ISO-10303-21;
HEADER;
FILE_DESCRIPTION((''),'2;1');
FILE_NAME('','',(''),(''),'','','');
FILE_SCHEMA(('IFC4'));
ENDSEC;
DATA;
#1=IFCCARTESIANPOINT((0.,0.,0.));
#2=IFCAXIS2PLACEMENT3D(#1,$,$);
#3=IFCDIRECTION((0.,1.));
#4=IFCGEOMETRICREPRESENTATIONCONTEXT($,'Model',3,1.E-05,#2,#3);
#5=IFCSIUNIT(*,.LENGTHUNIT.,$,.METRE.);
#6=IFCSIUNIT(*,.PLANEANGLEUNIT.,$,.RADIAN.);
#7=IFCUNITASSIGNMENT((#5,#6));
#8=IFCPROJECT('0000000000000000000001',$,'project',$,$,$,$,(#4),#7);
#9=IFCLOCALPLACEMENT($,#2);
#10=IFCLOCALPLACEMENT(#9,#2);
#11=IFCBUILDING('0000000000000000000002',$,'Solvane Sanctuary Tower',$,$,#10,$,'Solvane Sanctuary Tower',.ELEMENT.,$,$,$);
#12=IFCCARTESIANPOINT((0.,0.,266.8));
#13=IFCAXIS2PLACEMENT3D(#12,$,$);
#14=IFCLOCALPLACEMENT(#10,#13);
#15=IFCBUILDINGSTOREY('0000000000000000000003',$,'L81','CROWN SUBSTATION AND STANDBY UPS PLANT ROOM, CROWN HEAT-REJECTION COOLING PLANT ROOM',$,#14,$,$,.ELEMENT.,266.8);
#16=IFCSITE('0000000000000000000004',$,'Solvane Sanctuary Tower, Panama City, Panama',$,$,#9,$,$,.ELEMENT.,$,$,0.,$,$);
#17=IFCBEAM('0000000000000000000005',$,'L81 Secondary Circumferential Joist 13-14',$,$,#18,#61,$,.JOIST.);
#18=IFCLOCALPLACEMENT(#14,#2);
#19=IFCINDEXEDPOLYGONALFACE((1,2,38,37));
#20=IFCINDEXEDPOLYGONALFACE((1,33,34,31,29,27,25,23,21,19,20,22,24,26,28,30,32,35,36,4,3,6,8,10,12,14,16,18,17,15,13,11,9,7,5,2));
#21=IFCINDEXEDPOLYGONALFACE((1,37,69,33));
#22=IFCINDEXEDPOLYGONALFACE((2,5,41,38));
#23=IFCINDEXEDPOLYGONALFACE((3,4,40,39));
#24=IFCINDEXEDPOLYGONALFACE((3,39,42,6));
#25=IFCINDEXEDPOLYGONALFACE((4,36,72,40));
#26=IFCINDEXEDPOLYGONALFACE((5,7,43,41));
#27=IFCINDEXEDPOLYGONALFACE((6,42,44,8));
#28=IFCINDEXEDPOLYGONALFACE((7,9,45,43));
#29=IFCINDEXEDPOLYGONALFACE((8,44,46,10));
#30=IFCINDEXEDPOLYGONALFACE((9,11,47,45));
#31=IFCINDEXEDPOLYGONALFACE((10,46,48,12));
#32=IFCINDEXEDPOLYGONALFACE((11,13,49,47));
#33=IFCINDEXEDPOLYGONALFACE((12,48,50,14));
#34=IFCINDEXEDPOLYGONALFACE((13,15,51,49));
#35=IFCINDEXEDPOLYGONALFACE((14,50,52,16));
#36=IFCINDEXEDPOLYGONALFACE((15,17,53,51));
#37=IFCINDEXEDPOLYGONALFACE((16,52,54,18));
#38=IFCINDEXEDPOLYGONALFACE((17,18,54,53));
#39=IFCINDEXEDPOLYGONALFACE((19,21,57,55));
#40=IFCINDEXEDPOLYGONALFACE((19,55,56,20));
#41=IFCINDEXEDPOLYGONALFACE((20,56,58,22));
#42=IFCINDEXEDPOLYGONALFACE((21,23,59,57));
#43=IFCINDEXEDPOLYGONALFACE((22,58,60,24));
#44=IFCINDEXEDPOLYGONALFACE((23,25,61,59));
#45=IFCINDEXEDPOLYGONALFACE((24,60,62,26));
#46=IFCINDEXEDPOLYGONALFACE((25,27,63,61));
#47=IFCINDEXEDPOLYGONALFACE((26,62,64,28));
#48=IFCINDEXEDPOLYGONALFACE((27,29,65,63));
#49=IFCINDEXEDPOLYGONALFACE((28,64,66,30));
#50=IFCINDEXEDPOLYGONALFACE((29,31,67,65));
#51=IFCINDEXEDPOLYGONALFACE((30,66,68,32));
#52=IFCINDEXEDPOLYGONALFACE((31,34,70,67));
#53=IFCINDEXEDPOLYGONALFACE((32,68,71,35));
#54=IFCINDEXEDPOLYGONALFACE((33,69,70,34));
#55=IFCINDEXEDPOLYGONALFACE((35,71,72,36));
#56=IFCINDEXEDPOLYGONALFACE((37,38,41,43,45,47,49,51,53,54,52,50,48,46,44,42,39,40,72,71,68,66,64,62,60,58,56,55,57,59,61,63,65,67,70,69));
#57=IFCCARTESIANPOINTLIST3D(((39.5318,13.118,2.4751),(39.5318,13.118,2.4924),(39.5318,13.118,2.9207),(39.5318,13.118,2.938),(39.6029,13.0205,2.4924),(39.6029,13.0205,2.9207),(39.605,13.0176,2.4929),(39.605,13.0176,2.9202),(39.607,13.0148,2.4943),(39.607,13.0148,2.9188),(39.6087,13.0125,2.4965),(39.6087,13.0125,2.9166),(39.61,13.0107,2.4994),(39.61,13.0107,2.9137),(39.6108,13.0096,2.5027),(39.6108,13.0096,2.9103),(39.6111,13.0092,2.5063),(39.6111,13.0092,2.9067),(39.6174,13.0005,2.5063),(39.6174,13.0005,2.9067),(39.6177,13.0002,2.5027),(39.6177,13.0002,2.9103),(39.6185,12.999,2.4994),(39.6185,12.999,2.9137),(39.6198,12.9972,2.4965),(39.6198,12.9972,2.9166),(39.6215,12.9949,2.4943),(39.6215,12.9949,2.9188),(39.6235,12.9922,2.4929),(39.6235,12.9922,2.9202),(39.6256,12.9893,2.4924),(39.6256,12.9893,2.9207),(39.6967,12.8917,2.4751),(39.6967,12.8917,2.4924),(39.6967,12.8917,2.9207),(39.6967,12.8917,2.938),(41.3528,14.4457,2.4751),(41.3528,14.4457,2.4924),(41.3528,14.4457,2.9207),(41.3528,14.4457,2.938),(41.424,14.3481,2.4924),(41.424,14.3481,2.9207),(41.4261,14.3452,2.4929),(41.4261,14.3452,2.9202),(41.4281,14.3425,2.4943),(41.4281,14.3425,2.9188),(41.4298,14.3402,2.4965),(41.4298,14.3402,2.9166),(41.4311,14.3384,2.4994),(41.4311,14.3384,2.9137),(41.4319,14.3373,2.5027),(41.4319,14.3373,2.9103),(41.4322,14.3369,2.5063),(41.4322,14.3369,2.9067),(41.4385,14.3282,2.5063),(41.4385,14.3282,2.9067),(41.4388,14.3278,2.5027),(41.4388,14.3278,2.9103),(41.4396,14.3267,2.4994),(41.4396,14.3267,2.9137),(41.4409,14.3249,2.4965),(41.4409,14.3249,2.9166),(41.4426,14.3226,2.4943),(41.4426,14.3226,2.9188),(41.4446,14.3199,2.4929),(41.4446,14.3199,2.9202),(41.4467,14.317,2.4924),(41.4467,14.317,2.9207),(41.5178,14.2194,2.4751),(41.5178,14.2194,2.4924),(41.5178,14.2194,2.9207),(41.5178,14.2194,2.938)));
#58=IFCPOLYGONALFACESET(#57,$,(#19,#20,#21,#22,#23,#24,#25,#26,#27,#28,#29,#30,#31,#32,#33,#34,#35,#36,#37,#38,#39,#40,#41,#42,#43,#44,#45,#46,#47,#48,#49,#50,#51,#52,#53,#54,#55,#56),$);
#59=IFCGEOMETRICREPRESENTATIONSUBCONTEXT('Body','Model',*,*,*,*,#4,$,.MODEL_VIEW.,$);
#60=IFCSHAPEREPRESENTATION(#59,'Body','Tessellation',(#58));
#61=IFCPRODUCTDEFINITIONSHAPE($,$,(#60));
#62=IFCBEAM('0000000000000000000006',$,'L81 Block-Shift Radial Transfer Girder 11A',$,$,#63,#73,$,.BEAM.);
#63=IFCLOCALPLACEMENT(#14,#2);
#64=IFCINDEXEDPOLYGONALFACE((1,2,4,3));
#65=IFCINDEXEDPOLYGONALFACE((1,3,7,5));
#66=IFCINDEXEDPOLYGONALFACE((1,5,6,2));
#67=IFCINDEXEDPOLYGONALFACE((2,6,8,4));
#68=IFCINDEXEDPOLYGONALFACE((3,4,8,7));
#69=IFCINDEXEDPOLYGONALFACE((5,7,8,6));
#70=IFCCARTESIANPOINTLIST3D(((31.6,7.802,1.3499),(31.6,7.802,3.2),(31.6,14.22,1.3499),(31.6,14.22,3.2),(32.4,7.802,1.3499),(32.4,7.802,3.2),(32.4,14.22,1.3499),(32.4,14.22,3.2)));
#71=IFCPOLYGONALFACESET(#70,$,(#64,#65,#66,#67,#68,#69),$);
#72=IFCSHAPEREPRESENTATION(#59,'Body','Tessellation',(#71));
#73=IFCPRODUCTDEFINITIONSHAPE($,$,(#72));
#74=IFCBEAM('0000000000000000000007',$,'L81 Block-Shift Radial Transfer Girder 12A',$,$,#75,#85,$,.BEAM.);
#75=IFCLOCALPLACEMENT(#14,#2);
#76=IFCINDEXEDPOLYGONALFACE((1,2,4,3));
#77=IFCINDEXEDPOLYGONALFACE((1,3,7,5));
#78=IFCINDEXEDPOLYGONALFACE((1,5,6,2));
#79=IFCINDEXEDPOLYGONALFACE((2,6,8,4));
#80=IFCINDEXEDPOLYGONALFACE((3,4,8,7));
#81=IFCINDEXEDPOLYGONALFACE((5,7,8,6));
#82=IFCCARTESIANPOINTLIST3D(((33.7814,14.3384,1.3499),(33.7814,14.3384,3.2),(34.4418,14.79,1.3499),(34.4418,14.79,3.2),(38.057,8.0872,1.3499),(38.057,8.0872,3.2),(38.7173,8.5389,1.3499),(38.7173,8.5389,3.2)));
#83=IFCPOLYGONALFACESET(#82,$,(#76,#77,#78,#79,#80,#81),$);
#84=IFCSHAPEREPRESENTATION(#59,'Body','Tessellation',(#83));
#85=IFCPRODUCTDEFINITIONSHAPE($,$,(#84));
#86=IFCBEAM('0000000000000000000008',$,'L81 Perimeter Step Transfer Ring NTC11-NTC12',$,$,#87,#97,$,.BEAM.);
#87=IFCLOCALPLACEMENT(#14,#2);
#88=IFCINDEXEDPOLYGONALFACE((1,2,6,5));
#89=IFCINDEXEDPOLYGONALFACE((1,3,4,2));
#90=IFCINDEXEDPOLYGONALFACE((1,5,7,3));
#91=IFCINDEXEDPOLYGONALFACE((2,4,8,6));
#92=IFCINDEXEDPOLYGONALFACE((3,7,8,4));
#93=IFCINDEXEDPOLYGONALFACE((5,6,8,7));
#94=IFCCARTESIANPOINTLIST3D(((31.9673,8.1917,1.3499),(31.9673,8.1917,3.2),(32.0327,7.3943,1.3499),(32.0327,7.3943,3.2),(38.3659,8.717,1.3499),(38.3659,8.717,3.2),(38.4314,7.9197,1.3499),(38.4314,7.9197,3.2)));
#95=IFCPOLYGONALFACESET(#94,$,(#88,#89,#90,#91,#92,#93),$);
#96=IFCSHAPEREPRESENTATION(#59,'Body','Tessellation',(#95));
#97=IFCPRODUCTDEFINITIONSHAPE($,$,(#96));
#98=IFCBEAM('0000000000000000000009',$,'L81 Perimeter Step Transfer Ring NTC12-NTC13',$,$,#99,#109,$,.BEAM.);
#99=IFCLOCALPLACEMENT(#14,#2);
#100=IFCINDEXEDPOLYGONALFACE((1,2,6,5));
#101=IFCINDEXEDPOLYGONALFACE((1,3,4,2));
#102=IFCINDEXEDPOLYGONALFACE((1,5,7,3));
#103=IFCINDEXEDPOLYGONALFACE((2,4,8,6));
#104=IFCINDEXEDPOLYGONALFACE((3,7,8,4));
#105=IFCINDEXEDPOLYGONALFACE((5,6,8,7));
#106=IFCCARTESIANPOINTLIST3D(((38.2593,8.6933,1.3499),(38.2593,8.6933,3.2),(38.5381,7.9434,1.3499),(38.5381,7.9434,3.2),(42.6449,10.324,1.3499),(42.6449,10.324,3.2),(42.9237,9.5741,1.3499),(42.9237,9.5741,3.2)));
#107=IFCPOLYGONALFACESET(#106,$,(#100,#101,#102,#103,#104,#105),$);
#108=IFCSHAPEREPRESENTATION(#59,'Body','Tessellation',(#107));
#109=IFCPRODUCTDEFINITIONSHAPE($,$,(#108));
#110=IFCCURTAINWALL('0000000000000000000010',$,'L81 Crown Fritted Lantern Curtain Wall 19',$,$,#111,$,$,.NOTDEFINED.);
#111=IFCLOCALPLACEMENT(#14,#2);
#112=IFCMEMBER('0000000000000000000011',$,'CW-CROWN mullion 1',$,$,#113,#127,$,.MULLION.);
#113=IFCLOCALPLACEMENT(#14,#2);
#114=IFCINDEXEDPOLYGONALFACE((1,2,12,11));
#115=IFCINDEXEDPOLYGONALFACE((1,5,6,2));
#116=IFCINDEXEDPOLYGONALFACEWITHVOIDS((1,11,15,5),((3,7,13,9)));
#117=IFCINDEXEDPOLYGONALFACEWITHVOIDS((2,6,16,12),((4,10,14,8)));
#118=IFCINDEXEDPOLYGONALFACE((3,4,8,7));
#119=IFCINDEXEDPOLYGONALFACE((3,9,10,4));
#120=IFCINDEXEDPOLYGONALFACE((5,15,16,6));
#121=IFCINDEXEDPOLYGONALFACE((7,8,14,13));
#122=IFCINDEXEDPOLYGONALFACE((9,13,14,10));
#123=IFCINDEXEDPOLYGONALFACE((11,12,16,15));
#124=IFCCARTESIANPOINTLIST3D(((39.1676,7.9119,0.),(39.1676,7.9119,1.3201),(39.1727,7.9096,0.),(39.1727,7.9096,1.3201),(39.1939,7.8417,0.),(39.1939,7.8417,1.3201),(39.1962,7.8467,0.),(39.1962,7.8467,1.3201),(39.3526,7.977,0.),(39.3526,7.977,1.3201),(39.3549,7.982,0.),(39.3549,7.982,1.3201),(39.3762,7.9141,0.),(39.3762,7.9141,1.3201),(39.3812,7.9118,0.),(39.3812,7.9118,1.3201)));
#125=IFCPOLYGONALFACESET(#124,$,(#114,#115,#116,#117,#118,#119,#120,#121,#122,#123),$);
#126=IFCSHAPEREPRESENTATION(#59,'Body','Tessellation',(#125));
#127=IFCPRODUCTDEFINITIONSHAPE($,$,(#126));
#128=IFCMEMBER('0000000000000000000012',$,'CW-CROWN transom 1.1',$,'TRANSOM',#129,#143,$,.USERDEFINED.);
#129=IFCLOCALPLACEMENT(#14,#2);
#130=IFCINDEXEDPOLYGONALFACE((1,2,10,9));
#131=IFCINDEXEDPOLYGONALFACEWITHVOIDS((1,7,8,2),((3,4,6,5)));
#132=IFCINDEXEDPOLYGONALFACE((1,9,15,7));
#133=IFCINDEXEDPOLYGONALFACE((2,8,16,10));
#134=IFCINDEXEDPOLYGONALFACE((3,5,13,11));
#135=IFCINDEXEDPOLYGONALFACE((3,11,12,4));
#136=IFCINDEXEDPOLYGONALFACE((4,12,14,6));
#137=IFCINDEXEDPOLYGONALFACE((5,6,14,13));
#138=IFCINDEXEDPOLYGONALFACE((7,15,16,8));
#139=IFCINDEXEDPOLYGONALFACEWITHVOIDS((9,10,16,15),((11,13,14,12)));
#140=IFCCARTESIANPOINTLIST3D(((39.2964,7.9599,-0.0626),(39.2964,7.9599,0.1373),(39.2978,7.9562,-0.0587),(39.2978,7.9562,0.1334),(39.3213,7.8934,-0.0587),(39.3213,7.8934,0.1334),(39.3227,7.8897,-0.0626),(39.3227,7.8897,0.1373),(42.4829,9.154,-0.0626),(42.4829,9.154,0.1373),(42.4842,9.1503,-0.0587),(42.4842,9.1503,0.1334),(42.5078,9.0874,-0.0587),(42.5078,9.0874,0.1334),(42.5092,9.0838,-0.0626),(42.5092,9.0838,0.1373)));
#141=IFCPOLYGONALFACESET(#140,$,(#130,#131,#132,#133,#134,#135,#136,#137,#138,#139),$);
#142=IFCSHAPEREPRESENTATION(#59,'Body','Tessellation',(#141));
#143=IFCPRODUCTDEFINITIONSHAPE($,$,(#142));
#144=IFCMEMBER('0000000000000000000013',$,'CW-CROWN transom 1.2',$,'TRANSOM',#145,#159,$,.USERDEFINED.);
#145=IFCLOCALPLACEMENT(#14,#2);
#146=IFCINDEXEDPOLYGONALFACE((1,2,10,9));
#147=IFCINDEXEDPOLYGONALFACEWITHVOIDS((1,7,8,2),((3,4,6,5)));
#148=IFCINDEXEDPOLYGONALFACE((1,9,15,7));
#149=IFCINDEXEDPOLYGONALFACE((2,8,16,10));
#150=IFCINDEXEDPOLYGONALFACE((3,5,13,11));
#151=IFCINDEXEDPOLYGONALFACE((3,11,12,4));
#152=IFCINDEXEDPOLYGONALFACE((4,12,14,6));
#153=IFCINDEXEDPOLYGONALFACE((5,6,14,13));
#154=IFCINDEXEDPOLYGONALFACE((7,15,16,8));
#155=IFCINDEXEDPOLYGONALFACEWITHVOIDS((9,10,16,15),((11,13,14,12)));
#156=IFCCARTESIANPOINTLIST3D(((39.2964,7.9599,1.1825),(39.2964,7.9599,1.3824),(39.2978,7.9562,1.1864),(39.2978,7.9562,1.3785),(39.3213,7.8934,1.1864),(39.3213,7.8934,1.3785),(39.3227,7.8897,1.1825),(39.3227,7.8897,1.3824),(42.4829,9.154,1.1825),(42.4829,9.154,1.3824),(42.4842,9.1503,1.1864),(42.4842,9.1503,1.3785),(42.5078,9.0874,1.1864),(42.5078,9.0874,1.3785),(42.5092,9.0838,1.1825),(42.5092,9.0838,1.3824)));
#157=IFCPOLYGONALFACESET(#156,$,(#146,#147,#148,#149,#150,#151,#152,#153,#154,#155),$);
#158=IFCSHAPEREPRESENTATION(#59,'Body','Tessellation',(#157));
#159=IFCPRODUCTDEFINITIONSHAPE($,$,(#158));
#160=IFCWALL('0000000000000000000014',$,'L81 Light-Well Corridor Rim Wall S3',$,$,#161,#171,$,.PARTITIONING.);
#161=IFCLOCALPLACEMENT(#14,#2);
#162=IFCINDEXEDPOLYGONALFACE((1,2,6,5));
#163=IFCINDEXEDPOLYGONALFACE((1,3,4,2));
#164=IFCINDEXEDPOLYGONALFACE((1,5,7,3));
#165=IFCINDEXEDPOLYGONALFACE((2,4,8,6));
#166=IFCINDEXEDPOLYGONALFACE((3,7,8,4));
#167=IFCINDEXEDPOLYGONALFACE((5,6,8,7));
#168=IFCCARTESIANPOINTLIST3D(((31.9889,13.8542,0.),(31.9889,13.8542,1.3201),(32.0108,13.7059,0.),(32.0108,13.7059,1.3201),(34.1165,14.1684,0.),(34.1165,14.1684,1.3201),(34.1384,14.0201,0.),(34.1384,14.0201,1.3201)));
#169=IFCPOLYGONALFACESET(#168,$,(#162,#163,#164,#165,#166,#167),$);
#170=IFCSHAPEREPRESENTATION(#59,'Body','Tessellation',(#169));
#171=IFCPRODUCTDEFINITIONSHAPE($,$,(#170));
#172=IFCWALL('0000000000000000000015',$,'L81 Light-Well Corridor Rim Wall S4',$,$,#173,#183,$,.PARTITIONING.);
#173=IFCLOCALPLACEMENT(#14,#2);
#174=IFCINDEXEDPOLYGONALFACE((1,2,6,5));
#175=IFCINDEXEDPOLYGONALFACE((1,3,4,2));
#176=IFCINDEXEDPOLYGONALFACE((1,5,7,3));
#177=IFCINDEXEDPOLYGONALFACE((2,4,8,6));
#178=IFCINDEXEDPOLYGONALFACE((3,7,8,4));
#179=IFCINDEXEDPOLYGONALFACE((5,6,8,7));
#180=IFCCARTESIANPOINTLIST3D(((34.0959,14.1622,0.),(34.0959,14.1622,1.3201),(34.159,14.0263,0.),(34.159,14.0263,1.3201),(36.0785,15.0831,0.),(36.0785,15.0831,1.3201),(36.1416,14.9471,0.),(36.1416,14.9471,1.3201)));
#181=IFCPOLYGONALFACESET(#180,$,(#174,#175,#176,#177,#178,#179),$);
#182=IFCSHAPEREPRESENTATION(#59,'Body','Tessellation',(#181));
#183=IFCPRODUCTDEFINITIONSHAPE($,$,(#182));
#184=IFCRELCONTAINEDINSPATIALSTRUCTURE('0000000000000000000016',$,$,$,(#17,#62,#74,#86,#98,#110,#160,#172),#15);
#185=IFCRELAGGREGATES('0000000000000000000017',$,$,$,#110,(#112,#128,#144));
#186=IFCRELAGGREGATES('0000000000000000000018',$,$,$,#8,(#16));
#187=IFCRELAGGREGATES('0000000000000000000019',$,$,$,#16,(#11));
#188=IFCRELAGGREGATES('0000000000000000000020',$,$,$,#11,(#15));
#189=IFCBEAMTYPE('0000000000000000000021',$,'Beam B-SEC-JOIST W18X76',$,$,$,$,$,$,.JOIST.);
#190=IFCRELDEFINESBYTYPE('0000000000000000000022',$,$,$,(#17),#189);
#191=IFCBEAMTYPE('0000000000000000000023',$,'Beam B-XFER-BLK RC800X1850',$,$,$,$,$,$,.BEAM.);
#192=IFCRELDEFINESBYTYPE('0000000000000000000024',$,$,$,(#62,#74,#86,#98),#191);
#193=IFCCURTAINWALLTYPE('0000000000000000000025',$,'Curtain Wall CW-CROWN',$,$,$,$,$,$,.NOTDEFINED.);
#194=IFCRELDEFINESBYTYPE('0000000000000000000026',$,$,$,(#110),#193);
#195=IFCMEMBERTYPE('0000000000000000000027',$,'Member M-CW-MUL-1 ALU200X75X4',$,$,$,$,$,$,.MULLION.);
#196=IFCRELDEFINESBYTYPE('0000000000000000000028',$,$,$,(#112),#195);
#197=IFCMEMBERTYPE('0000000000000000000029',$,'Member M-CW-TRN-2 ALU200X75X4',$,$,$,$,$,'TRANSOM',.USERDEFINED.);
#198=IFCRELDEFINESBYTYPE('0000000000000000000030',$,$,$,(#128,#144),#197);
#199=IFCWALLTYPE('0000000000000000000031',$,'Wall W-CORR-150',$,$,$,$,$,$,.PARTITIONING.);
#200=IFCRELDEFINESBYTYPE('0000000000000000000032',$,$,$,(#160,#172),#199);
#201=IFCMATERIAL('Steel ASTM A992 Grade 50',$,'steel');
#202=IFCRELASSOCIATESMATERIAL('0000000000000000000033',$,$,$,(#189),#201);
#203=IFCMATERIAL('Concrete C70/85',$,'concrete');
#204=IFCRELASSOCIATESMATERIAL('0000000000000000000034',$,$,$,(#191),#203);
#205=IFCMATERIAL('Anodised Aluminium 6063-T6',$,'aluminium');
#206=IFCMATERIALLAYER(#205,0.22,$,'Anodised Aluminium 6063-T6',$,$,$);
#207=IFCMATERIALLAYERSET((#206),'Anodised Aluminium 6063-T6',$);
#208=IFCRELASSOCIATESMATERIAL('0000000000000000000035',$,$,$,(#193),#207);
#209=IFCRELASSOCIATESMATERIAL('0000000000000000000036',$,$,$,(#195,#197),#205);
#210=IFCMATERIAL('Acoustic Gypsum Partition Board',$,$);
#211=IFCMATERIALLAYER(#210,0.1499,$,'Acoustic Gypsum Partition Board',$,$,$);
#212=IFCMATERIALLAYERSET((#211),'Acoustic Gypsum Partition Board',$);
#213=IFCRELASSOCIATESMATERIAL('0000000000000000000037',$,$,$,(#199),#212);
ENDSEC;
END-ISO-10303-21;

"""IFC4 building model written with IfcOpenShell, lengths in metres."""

from ifc_helpers import new_model, si_unit, direction, frame, frame_2d, origin, origin_2d, place, context, subcontext, project, spatial, rectangle, hollow_rectangle, i_section, extrude, material, layer, layer_set, material_profile, profile_set, type_object, element, aggregate, save


model = new_model("IFC4")

# Units and contexts
model_context = context("Model", 3, precision=1e-05, world=origin(), true_north=direction((0.0, 1.0)))
body_context = subcontext(model_context, "Body", "Model", "MODEL_VIEW")
ifc_project = project(units=[si_unit("LENGTHUNIT", "METRE"), si_unit("PLANEANGLEUNIT", "RADIAN")], contexts=[model_context])

# Site, building, storey
site_placement = place(None, origin())
site = spatial("IfcSite", under=ifc_project, at=site_placement, Name="Solvane Sanctuary Tower, Panama City, Panama", CompositionType="ELEMENT", RefElevation=0.0)
building_placement = place(site_placement, origin())
building = spatial("IfcBuilding", under=site, at=building_placement, Name="Solvane Sanctuary Tower", LongName="Solvane Sanctuary Tower", CompositionType="ELEMENT")
storey_placement = place(building_placement, frame((0.0, 0.0, 266.8)))
storey = spatial("IfcBuildingStorey", under=building, at=storey_placement, Name="L81", Description="CROWN SUBSTATION AND STANDBY UPS PLANT ROOM, CROWN HEAT-REJECTION COOLING PLANT ROOM", CompositionType="ELEMENT", Elevation=266.8)

# Beams
ifc_material_1 = material(Name="Steel ASTM A992 Grade 50", Category="steel")
ifc_material_profile_1 = material_profile(ifc_material_1, i_section(OverallWidth=0.28, OverallDepth=0.4629, WebThickness=0.0107, FlangeThickness=0.0173, FilletRadius=0.0139, at=origin_2d()), Name="W18X76")
ifc_profile_set_1 = profile_set([ifc_material_profile_1], Name="Steel ASTM A992 Grade 50")
beam_type_1 = type_object("IfcBeamType", Name="Beam B-SEC-JOIST W18X76", PredefinedType="JOIST", material=ifc_profile_set_1)
beam_1_placement = place(storey_placement, frame((39.6143, 13.0049, 2.7065), z_axis=(0.808052, 0.589112, 0.0), x_axis=(-0.589112, 0.808052, 0.0)))
element("IfcBeam", 1, at=beam_1_placement, inside=storey, type_object=beam_type_1, Name="L81 Secondary Circumferential Joist 13-14", PredefinedType="JOIST", context=body_context, shape_type="SweptSolid", body=[
    extrude(i_section(OverallWidth=0.28, OverallDepth=0.4629, WebThickness=0.0107, FlangeThickness=0.0173, FilletRadius=0.0139, at=origin_2d()), origin(), (0.0, 0.0, 1.0), 2.2537),
])
ifc_material_2 = material(Name="Concrete C70/85", Category="concrete")
ifc_material_profile_2 = material_profile(ifc_material_2, rectangle(XDim=0.8, YDim=1.8501, at=origin_2d()), Name="RC800X1850")
ifc_profile_set_2 = profile_set([ifc_material_profile_2], Name="Concrete C70/85")
beam_type_2 = type_object("IfcBeamType", Name="Beam B-XFER-BLK RC800X1850", PredefinedType="BEAM", material=ifc_profile_set_2)
beam_2_placement = place(storey_placement, frame((32.0, 14.22, 2.2749), z_axis=(0.0, -1.0, 0.0), x_axis=(1.0, 0.0, 0.0)))
element("IfcBeam", 2, at=beam_2_placement, inside=storey, type_object=beam_type_2, Name="L81 Block-Shift Radial Transfer Girder 11A", PredefinedType="BEAM", context=body_context, shape_type="SweptSolid", body=[
    extrude(rectangle(XDim=0.8, YDim=1.8501, at=origin_2d()), origin(), (0.0, 0.0, 1.0), 6.418),
])
beam_3_placement = place(storey_placement, frame((34.1116, 14.5642, 2.2749), z_axis=(0.564548, -0.825401, 0.0), x_axis=(0.825401, 0.564548, 0.0)))
element("IfcBeam", 3, at=beam_3_placement, inside=storey, type_object=beam_type_2, Name="L81 Block-Shift Radial Transfer Girder 12A", PredefinedType="BEAM", context=body_context, shape_type="SweptSolid", body=[
    extrude(rectangle(XDim=0.8, YDim=1.8501, at=origin_2d()), origin(), (0.0, 0.0, 1.0), 7.5735),
])
beam_4_placement = place(storey_placement, frame((32.0, 7.793, 2.2749), z_axis=(0.996646, 0.081834, 0.0), x_axis=(-0.081834, 0.996646, 0.0)))
element("IfcBeam", 4, at=beam_4_placement, inside=storey, type_object=beam_type_2, Name="L81 Perimeter Step Transfer Ring NTC11-NTC12", PredefinedType="BEAM", context=body_context, shape_type="SweptSolid", body=[
    extrude(rectangle(XDim=0.8, YDim=1.8501, at=origin_2d()), origin(), (0.0, 0.0, 1.0), 6.4202),
])
beam_5_placement = place(storey_placement, frame((38.3987, 8.3184, 2.2749), z_axis=(0.937306, 0.348509, 0.0), x_axis=(-0.348509, 0.937306, 0.0)))
element("IfcBeam", 5, at=beam_5_placement, inside=storey, type_object=beam_type_2, Name="L81 Perimeter Step Transfer Ring NTC12-NTC13", PredefinedType="BEAM", context=body_context, shape_type="SweptSolid", body=[
    extrude(rectangle(XDim=0.8, YDim=1.8501, at=origin_2d()), origin(), (0.0, 0.0, 1.0), 4.679),
])

# Curtain wall, members
ifc_material_3 = material(Name="Anodised Aluminium 6063-T6", Category="aluminium")
ifc_layer_1 = layer(ifc_material_3, 0.22, Name="Anodised Aluminium 6063-T6")
ifc_layer_set_1 = layer_set([ifc_layer_1], Name="Anodised Aluminium 6063-T6")
curtain_wall_type = type_object("IfcCurtainWallType", Name="Curtain Wall CW-CROWN", PredefinedType="NOTDEFINED", material=ifc_layer_set_1)
curtain_wall_placement = place(storey_placement, origin())
curtain_wall = element("IfcCurtainWall", 6, at=curtain_wall_placement, inside=storey, type_object=curtain_wall_type, Name="L81 Crown Fritted Lantern Curtain Wall 19", PredefinedType="NOTDEFINED")
ifc_material_profile_3 = material_profile(ifc_material_3, hollow_rectangle(XDim=0.075, YDim=0.2, WallThickness=0.0039, at=origin_2d()), Name="ALU200X75X4")
ifc_profile_set_3 = profile_set([ifc_material_profile_3], Name="Anodised Aluminium 6063-T6")
member_type_1 = type_object("IfcMemberType", Name="Member M-CW-MUL-1 ALU200X75X4", PredefinedType="MULLION", material=ifc_profile_set_3)
member_1_placement = place(storey_placement, frame((39.2744, 7.9119, 0.0), z_axis=(0.0, 0.0, 1.0), x_axis=(-0.350837, 0.936437, 0.0)))
member_1 = element("IfcMember", 7, at=member_1_placement, type_object=member_type_1, Name="CW-CROWN mullion 1", PredefinedType="MULLION", context=body_context, shape_type="SweptSolid", body=[
    extrude(hollow_rectangle(XDim=0.075, YDim=0.2, WallThickness=0.0039, at=origin_2d()), origin(), (0.0, 0.0, 1.0), 1.3201),
])
ifc_material_profile_4 = material_profile(ifc_material_3, hollow_rectangle(XDim=0.075, YDim=0.2, WallThickness=0.0039, at=origin_2d()), Name="ALU200X75X4")
ifc_profile_set_4 = profile_set([ifc_material_profile_4], Name="Anodised Aluminium 6063-T6")
member_type_2 = type_object("IfcMemberType", Name="Member M-CW-TRN-2 ALU200X75X4", ElementType="TRANSOM", PredefinedType="USERDEFINED", material=ifc_profile_set_4)
member_2_placement = place(storey_placement, frame((39.3096, 7.9248, 0.0374), z_axis=(0.936412, 0.350903, 0.0), x_axis=(-0.350903, 0.936412, 0.0)))
member_2 = element("IfcMember", 8, at=member_2_placement, type_object=member_type_2, Name="CW-CROWN transom 1.1", ObjectType="TRANSOM", PredefinedType="USERDEFINED", context=body_context, shape_type="SweptSolid", body=[
    extrude(hollow_rectangle(XDim=0.075, YDim=0.2, WallThickness=0.0039, at=origin_2d()), origin(), (0.0, 0.0, 1.0), 3.4028),
])
member_3_placement = place(storey_placement, frame((39.3096, 7.9248, 1.2825), z_axis=(0.936412, 0.350903, 0.0), x_axis=(-0.350903, 0.936412, 0.0)))
member_3 = element("IfcMember", 9, at=member_3_placement, type_object=member_type_2, Name="CW-CROWN transom 1.2", ObjectType="TRANSOM", PredefinedType="USERDEFINED", context=body_context, shape_type="SweptSolid", body=[
    extrude(hollow_rectangle(XDim=0.075, YDim=0.2, WallThickness=0.0039, at=origin_2d()), origin(), (0.0, 0.0, 1.0), 3.4028),
])
aggregate(curtain_wall, [member_1, member_2, member_3])

# Walls
ifc_material_4 = material(Name="Acoustic Gypsum Partition Board")
ifc_layer_2 = layer(ifc_material_4, 0.1499, Name="Acoustic Gypsum Partition Board")
ifc_layer_set_2 = layer_set([ifc_layer_2], Name="Acoustic Gypsum Partition Board")
wall_type_1 = type_object("IfcWallType", Name="Wall W-CORR-150", PredefinedType="PARTITIONING", material=ifc_layer_set_2)
wall_1_placement = place(storey_placement, frame((32.0, 13.78, 0.0), z_axis=(0.0, 0.0, 1.0), x_axis=(0.989269, 0.146108, 0.0)))
element("IfcWall", 10, at=wall_1_placement, inside=storey, type_object=wall_type_1, Name="L81 Light-Well Corridor Rim Wall S3", PredefinedType="PARTITIONING", context=body_context, shape_type="SweptSolid", body=[
    extrude(rectangle(XDim=2.1506, YDim=0.1499, at=frame_2d((1.0752, 0.0))), origin(), (0.0, 0.0, 1.0), 1.3201),
])
wall_2_placement = place(storey_placement, frame((34.1274, 14.0942, 0.0), z_axis=(0.0, 0.0, 1.0), x_axis=(0.906943, 0.421252, 0.0)))
element("IfcWall", 11, at=wall_2_placement, inside=storey, type_object=wall_type_1, Name="L81 Light-Well Corridor Rim Wall S4", PredefinedType="PARTITIONING", context=body_context, shape_type="SweptSolid", body=[
    extrude(rectangle(XDim=2.186, YDim=0.1499, at=frame_2d((1.093, 0.0))), origin(), (0.0, 0.0, 1.0), 1.3201),
])

save(model, "model.ifc")
